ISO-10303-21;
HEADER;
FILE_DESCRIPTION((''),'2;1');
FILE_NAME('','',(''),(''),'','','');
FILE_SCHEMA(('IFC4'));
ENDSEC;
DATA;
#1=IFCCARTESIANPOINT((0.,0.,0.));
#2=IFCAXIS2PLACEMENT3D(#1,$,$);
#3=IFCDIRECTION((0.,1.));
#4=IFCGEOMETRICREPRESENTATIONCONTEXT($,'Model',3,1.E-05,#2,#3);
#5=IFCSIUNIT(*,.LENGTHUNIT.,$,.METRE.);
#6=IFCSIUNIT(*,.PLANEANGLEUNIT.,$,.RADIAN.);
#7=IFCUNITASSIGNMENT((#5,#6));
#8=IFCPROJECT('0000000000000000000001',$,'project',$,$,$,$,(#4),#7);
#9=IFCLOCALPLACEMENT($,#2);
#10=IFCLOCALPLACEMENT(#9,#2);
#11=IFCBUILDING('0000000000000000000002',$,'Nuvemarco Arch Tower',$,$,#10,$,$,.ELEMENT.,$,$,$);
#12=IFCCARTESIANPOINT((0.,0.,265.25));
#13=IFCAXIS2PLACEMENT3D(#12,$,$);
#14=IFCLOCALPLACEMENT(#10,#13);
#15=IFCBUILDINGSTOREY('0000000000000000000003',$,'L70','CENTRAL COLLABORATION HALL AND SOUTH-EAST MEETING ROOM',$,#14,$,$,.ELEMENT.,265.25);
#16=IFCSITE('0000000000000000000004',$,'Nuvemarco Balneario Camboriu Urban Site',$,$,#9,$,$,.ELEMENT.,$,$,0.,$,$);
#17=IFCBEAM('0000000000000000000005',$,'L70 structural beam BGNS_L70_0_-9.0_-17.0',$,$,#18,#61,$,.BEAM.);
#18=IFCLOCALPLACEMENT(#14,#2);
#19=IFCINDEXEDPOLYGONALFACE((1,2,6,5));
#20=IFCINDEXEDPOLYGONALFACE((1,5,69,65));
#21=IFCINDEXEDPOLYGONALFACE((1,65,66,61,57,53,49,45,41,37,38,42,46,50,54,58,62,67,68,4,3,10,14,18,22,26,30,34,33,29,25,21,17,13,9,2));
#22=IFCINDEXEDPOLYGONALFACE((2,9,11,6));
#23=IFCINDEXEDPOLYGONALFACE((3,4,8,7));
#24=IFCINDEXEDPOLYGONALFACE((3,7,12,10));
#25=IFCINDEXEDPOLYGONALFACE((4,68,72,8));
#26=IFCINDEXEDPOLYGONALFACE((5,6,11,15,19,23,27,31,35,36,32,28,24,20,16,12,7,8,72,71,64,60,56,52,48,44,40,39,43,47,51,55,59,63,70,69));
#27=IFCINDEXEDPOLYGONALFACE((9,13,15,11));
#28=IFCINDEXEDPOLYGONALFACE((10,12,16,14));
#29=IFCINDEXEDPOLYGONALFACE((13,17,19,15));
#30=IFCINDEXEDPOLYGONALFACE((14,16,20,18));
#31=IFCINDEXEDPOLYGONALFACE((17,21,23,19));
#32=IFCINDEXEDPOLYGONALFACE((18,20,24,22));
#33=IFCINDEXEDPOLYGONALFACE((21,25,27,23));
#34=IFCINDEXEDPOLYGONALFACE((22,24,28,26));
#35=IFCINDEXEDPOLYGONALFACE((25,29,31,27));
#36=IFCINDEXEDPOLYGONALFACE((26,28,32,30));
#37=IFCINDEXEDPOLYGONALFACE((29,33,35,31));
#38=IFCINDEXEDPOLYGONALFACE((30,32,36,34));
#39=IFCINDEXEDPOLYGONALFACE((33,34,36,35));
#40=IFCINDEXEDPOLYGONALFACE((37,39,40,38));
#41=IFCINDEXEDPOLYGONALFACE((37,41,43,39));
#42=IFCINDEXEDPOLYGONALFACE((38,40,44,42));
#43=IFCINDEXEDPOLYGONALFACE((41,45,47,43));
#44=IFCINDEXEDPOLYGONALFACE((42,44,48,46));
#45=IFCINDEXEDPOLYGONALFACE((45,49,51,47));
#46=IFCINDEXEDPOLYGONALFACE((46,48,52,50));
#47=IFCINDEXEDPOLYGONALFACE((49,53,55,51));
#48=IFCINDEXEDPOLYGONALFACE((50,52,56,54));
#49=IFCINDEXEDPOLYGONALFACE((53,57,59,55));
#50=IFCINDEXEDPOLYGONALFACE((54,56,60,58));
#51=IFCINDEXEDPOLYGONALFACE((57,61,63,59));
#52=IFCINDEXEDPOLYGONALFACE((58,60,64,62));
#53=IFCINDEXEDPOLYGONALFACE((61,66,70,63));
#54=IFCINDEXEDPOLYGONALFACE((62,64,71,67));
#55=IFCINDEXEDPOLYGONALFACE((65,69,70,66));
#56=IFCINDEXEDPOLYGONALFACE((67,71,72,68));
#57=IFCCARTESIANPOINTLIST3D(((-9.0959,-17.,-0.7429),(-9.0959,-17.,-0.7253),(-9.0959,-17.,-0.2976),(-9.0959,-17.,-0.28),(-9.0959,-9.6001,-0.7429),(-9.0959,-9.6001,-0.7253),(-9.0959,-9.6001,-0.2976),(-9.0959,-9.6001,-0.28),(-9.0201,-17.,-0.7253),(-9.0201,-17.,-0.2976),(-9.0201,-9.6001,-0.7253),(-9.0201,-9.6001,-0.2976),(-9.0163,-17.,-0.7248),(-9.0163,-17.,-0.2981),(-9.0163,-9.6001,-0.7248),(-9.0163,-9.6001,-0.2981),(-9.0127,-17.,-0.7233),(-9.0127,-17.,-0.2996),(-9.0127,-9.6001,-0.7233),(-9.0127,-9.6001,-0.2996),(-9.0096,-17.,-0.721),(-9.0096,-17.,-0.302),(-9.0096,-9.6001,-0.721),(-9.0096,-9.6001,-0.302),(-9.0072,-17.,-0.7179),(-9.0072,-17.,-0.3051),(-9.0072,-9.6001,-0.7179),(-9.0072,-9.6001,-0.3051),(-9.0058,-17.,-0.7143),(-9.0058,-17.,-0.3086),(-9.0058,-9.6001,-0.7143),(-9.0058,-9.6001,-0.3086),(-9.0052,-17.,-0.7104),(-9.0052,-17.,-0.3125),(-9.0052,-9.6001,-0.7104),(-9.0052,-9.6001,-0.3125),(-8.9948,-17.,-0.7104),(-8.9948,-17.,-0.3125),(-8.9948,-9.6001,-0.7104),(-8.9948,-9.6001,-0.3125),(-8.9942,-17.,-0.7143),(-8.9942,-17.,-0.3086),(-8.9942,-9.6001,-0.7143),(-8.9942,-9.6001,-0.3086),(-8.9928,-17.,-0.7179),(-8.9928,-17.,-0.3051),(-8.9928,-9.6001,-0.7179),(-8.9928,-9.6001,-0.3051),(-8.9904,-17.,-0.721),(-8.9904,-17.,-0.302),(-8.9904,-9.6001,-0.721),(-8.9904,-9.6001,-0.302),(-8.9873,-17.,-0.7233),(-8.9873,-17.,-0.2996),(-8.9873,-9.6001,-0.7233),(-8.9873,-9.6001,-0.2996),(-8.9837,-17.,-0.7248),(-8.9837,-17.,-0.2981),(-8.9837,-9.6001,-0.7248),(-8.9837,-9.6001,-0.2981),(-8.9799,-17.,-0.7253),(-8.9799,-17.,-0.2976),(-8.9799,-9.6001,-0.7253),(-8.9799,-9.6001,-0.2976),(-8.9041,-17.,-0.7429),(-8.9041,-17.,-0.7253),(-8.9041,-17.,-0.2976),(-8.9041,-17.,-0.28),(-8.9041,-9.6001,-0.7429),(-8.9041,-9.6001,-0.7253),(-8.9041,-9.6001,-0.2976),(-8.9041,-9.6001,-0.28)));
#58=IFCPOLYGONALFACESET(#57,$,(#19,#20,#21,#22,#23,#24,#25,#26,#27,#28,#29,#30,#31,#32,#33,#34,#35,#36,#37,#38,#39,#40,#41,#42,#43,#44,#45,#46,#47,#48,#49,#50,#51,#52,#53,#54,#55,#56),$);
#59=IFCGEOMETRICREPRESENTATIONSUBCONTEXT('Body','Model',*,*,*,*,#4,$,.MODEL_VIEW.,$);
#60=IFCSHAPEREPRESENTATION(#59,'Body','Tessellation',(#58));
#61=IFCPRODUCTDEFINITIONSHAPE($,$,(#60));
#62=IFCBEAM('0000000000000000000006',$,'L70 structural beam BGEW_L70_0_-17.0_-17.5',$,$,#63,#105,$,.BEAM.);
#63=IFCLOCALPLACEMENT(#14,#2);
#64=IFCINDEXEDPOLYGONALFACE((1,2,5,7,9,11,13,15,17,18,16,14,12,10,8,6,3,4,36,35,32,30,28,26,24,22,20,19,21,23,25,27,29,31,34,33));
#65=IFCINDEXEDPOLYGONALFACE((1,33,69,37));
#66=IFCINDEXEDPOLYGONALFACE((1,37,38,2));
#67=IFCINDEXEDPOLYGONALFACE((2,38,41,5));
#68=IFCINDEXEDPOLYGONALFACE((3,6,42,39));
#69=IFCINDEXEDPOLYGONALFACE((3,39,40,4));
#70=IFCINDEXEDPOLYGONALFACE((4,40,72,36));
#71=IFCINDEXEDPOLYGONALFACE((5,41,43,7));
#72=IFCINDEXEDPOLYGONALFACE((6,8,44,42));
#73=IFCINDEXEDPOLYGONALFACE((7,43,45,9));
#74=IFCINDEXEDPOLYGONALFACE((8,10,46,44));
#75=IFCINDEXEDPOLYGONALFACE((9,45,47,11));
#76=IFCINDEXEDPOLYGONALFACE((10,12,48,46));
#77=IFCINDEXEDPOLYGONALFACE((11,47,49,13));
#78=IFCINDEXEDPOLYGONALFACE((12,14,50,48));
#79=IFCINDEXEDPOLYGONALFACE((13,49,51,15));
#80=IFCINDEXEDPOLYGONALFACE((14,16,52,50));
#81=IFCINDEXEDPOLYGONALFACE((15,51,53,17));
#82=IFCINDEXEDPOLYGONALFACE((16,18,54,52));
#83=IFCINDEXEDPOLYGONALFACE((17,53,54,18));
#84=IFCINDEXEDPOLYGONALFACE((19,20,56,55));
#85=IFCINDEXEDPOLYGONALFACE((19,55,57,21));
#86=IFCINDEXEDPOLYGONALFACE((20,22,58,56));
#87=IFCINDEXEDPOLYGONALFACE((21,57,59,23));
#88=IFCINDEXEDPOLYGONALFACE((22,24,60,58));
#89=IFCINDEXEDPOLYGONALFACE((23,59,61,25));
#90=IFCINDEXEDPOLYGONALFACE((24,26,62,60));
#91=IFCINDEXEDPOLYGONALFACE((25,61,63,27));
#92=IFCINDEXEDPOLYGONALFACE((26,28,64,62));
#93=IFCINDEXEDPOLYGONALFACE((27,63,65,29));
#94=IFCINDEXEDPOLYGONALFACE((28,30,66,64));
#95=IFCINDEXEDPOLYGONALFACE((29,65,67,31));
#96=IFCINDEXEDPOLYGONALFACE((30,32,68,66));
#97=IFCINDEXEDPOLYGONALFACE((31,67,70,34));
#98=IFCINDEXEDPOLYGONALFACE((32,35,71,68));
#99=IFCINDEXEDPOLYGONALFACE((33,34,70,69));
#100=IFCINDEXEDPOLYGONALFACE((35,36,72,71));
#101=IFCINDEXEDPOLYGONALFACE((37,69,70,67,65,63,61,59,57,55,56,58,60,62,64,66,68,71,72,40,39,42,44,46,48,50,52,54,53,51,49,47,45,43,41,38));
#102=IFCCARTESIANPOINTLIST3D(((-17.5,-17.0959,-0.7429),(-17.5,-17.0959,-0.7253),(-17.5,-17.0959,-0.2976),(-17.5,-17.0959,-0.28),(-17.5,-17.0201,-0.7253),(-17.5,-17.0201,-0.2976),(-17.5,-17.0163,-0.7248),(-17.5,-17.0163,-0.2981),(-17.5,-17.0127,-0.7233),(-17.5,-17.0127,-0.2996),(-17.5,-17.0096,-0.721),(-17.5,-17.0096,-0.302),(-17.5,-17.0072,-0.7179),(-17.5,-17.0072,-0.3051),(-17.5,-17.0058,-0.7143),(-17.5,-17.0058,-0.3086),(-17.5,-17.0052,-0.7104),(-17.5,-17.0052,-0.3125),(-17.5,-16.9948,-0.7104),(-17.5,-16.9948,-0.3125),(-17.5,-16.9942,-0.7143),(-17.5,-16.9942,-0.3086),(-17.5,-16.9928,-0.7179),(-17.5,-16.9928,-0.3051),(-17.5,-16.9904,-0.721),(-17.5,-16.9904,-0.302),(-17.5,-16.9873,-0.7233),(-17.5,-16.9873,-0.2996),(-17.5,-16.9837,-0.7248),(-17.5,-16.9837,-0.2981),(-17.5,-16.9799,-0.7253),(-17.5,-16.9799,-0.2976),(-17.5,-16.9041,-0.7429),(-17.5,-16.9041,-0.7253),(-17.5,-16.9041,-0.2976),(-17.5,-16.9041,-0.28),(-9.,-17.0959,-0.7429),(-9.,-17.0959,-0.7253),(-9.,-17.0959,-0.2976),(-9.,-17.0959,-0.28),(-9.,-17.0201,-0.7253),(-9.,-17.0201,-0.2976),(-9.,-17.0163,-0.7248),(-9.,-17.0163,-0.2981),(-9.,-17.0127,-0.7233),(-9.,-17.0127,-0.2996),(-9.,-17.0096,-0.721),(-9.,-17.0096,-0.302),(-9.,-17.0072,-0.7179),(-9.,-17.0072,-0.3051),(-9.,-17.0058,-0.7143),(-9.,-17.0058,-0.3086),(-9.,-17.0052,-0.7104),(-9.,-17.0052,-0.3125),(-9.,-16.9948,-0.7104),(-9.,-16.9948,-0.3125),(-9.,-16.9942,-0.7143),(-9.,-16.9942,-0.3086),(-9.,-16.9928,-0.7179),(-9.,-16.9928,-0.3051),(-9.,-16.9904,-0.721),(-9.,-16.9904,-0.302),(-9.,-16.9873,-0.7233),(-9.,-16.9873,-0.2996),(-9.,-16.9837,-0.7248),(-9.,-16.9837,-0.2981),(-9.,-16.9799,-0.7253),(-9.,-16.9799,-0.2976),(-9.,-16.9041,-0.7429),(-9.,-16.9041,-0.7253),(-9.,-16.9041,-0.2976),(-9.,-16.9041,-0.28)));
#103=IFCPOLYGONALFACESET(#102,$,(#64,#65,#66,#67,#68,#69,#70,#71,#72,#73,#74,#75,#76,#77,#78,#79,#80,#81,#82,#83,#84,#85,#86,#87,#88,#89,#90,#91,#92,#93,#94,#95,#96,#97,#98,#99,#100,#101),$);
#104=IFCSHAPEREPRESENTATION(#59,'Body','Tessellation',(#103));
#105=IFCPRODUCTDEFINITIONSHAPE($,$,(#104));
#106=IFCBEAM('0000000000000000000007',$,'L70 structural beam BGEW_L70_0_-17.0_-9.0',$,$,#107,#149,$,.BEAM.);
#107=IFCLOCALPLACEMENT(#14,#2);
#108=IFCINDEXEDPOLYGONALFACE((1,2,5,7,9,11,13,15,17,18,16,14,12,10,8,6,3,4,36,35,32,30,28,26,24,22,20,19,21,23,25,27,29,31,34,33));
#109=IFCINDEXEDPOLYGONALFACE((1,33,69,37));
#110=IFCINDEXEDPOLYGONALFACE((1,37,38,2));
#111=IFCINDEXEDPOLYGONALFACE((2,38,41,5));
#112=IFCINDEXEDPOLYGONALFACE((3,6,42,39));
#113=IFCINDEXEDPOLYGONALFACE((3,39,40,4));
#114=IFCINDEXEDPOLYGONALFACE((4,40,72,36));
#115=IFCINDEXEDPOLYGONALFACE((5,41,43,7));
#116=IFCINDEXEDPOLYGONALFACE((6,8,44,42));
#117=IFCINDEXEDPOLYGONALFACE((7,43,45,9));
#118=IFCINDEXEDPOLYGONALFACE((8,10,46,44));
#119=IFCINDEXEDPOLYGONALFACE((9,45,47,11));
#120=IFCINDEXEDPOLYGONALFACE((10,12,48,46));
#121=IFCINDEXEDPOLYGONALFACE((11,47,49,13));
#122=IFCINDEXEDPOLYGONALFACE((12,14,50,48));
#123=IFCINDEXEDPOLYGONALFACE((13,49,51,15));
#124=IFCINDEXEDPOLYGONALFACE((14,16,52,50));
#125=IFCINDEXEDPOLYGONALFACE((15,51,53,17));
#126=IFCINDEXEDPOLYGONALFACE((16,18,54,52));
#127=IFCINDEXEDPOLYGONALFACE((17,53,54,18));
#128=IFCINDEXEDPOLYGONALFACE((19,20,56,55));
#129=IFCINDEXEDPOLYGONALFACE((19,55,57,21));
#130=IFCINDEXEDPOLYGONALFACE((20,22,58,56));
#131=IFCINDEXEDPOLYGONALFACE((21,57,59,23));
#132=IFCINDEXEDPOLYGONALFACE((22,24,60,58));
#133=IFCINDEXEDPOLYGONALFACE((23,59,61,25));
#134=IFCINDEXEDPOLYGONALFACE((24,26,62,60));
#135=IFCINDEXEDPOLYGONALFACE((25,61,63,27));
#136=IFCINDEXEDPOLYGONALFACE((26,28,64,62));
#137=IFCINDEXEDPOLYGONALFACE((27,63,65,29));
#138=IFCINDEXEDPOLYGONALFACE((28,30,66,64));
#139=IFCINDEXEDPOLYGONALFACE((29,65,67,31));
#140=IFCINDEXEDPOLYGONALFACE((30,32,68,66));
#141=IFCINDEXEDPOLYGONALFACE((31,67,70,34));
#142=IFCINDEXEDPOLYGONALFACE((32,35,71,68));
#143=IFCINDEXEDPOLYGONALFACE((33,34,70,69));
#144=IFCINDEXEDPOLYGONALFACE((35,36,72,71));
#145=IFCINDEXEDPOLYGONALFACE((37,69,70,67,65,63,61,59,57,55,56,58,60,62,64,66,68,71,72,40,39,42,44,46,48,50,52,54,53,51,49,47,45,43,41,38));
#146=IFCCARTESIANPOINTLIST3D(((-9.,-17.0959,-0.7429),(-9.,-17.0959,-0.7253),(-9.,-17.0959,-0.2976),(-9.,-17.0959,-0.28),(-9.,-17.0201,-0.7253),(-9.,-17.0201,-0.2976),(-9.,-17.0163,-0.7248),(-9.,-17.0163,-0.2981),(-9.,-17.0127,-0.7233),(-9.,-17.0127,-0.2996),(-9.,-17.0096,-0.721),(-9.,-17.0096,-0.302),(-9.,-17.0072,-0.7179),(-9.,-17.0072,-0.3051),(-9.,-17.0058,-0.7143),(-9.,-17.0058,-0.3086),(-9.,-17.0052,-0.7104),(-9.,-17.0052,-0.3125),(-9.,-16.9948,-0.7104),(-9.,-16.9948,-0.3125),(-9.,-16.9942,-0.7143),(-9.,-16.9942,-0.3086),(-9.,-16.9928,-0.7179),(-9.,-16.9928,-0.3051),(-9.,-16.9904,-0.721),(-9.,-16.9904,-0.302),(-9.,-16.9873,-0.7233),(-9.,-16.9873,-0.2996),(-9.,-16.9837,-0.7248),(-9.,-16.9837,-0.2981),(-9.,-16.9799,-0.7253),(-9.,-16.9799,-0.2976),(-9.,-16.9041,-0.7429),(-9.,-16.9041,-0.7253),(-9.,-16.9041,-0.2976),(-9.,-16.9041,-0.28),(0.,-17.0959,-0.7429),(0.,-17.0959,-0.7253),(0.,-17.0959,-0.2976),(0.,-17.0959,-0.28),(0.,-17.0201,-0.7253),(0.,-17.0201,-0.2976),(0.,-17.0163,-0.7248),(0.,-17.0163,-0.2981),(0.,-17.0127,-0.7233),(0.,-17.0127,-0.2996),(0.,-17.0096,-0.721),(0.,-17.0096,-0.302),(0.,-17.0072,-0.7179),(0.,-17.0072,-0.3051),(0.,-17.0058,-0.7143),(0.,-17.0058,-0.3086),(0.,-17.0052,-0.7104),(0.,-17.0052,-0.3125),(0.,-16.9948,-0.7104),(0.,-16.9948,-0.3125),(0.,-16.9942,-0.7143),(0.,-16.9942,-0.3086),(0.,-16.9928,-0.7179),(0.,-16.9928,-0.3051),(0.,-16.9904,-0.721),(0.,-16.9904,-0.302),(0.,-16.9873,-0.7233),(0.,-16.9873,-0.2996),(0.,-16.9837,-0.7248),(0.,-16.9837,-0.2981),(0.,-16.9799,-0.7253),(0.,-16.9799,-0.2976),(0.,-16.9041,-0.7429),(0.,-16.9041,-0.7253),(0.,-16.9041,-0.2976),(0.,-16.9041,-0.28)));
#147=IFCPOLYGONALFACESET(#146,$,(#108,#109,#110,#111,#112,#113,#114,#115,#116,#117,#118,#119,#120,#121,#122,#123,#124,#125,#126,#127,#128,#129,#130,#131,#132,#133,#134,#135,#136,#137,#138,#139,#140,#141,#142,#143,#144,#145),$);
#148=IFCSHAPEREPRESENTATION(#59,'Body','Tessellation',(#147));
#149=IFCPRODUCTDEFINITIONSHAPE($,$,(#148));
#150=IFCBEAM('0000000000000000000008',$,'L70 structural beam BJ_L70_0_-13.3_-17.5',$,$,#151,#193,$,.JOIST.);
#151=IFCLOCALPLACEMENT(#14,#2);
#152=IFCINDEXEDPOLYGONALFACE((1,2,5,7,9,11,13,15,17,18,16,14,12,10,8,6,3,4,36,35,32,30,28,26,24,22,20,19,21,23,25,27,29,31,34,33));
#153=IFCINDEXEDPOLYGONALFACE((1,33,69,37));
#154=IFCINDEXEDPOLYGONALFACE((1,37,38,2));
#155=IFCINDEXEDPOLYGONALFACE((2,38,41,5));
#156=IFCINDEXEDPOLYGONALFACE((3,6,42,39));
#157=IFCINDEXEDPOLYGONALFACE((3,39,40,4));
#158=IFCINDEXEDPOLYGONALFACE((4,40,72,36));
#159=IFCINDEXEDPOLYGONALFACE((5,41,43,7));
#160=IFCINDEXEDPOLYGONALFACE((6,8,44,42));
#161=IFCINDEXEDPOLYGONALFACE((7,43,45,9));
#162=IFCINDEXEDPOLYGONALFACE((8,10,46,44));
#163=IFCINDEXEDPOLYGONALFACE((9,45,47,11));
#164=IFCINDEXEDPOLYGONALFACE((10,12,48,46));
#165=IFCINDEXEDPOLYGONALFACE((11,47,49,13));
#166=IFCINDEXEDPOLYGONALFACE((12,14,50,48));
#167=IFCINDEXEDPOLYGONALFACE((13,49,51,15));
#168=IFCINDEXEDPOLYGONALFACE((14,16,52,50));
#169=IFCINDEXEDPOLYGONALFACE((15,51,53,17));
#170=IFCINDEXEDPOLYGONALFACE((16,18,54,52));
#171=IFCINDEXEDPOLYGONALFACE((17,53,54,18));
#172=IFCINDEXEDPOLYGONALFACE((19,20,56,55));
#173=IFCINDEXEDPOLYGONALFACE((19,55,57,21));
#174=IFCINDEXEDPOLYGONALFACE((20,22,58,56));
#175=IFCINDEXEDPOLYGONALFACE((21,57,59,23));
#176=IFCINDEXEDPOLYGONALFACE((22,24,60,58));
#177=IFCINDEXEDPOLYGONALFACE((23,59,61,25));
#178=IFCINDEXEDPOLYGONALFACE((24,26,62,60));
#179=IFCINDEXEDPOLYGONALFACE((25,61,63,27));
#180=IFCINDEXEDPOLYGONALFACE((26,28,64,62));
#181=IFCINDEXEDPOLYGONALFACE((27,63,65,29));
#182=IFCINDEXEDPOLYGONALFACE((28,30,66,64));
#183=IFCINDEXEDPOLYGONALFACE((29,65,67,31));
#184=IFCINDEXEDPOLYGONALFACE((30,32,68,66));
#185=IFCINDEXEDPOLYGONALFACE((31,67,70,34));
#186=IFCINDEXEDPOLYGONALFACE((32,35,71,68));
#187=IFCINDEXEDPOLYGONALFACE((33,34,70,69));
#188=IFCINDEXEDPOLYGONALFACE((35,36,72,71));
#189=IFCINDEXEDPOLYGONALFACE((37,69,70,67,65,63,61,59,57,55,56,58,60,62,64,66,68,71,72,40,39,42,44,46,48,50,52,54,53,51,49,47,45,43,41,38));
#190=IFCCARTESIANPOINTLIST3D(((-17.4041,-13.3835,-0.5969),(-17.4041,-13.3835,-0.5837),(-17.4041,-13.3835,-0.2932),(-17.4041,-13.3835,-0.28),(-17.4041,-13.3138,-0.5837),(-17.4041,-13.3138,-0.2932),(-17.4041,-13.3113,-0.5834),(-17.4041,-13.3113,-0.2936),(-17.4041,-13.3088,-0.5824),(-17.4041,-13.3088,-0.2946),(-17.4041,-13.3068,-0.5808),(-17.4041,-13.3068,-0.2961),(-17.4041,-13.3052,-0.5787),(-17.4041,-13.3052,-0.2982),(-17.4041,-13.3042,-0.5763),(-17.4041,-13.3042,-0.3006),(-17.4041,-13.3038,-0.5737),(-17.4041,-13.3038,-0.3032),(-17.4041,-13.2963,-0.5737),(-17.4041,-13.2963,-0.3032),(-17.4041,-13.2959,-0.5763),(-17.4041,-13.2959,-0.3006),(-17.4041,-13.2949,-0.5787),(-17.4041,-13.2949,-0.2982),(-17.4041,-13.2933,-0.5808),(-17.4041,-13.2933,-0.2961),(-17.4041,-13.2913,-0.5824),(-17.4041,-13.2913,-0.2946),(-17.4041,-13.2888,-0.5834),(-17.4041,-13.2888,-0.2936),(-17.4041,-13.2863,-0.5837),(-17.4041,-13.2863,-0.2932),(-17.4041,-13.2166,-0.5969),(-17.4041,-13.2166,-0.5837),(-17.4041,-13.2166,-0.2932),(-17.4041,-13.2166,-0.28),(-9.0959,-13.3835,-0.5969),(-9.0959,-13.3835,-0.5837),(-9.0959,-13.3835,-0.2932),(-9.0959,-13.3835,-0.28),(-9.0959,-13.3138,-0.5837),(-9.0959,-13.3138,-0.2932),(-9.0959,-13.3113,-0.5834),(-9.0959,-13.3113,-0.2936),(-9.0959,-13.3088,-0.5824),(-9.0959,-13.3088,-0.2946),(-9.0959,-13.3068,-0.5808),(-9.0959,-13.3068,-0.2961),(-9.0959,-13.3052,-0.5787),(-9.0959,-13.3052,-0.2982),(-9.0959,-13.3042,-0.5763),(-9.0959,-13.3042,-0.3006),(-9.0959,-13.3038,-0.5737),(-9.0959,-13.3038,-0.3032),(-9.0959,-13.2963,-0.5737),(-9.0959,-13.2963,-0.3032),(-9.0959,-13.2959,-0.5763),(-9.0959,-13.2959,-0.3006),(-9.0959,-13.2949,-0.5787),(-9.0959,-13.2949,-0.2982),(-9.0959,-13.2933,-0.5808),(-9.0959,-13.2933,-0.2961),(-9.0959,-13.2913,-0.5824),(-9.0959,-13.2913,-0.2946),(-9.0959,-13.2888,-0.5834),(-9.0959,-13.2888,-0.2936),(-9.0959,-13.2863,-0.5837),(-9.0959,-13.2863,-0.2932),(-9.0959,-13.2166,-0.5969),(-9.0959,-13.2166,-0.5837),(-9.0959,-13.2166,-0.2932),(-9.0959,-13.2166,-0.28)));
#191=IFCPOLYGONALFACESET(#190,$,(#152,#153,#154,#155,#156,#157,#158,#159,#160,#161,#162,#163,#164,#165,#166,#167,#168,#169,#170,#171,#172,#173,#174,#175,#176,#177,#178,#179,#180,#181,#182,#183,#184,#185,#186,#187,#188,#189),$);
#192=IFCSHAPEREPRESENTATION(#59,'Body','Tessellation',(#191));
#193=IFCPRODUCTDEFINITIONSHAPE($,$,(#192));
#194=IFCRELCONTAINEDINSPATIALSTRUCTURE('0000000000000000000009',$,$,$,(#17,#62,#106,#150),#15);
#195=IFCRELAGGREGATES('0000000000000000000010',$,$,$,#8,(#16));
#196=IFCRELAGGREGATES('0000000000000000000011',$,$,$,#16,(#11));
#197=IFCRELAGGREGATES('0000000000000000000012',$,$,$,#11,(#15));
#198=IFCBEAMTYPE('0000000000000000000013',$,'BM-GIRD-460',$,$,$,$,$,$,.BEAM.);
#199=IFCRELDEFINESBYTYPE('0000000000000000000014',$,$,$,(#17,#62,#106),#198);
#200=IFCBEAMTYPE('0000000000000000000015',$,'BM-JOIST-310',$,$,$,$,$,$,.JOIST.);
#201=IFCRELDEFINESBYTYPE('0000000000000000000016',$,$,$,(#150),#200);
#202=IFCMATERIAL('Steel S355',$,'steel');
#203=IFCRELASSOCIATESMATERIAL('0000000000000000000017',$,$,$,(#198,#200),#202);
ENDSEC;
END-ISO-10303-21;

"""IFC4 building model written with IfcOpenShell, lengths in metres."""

from ifc_helpers import new_model, si_unit, direction, frame, origin, origin_2d, place, context, subcontext, project, spatial, i_section, extrude, material, material_profile, profile_set, type_object, element, save


model = new_model("IFC4")

# Units and contexts
model_context = context("Model", 3, precision=1e-05, world=origin(), true_north=direction((0.0, 1.0)))
body_context = subcontext(model_context, "Body", "Model", "MODEL_VIEW")
ifc_project = project(units=[si_unit("LENGTHUNIT", "METRE"), si_unit("PLANEANGLEUNIT", "RADIAN")], contexts=[model_context])

# Site, building, storey
site_placement = place(None, origin())
site = spatial("IfcSite", under=ifc_project, at=site_placement, Name="Nuvemarco Balneario Camboriu Urban Site", CompositionType="ELEMENT", RefElevation=0.0)
building_placement = place(site_placement, origin())
building = spatial("IfcBuilding", under=site, at=building_placement, Name="Nuvemarco Arch Tower", CompositionType="ELEMENT")
storey_placement = place(building_placement, frame((0.0, 0.0, 265.25)))
storey = spatial("IfcBuildingStorey", under=building, at=storey_placement, Name="L70", Description="CENTRAL COLLABORATION HALL AND SOUTH-EAST MEETING ROOM", CompositionType="ELEMENT", Elevation=265.25)

# Shared definitions
ifc_material_1 = material(Name="Steel S355", Category="steel")

# Beams
ifc_material_profile_1 = material_profile(ifc_material_1, i_section(OverallWidth=0.1919, OverallDepth=0.4629, WebThickness=0.0105, FlangeThickness=0.0176, FilletRadius=0.0149, at=origin_2d()), Name="W460x89")
ifc_profile_set_1 = profile_set([ifc_material_profile_1], Name="Steel S355")
beam_type_1 = type_object("IfcBeamType", Name="BM-GIRD-460", PredefinedType="BEAM", material=ifc_profile_set_1)
beam_1_placement = place(storey_placement, frame((-9.0, -17.0, -0.5115), z_axis=(0.0, 1.0, 0.0), x_axis=(-1.0, 0.0, 0.0)))
element("IfcBeam", 1, at=beam_1_placement, inside=storey, type_object=beam_type_1, Name="L70 structural beam BGNS_L70_0_-9.0_-17.0", PredefinedType="BEAM", context=body_context, shape_type="SweptSolid", body=[
    extrude(i_section(OverallWidth=0.1919, OverallDepth=0.4629, WebThickness=0.0105, FlangeThickness=0.0176, FilletRadius=0.0149, at=origin_2d()), origin(), (0.0, 0.0, 1.0), 7.3999),
])
beam_2_placement = place(storey_placement, frame((-17.5, -17.0, -0.5115), z_axis=(1.0, 0.0, 0.0), x_axis=(0.0, 1.0, 0.0)))
element("IfcBeam", 2, at=beam_2_placement, inside=storey, type_object=beam_type_1, Name="L70 structural beam BGEW_L70_0_-17.0_-17.5", PredefinedType="BEAM", context=body_context, shape_type="SweptSolid", body=[
    extrude(i_section(OverallWidth=0.1919, OverallDepth=0.4629, WebThickness=0.0105, FlangeThickness=0.0176, FilletRadius=0.0149, at=origin_2d()), origin(), (0.0, 0.0, 1.0), 8.5),
])
beam_3_placement = place(storey_placement, frame((-9.0, -17.0, -0.5115), z_axis=(1.0, 0.0, 0.0), x_axis=(0.0, 1.0, 0.0)))
element("IfcBeam", 3, at=beam_3_placement, inside=storey, type_object=beam_type_1, Name="L70 structural beam BGEW_L70_0_-17.0_-9.0", PredefinedType="BEAM", context=body_context, shape_type="SweptSolid", body=[
    extrude(i_section(OverallWidth=0.1919, OverallDepth=0.4629, WebThickness=0.0105, FlangeThickness=0.0176, FilletRadius=0.0149, at=origin_2d()), origin(), (0.0, 0.0, 1.0), 9.0),
])
ifc_material_profile_2 = material_profile(ifc_material_1, i_section(OverallWidth=0.167, OverallDepth=0.3169, WebThickness=0.0076, FlangeThickness=0.0132, FilletRadius=0.01, at=origin_2d()), Name="W310x52")
ifc_profile_set_2 = profile_set([ifc_material_profile_2], Name="Steel S355")
beam_type_2 = type_object("IfcBeamType", Name="BM-JOIST-310", PredefinedType="JOIST", material=ifc_profile_set_2)
beam_4_placement = place(storey_placement, frame((-17.4041, -13.3, -0.4385), z_axis=(1.0, 0.0, 0.0), x_axis=(0.0, 1.0, 0.0)))
element("IfcBeam", 4, at=beam_4_placement, inside=storey, type_object=beam_type_2, Name="L70 structural beam BJ_L70_0_-13.3_-17.5", PredefinedType="JOIST", context=body_context, shape_type="SweptSolid", body=[
    extrude(i_section(OverallWidth=0.167, OverallDepth=0.3169, WebThickness=0.0076, FlangeThickness=0.0132, FilletRadius=0.01, at=origin_2d()), origin(), (0.0, 0.0, 1.0), 8.3081),
])

save(model, "model.ifc")
